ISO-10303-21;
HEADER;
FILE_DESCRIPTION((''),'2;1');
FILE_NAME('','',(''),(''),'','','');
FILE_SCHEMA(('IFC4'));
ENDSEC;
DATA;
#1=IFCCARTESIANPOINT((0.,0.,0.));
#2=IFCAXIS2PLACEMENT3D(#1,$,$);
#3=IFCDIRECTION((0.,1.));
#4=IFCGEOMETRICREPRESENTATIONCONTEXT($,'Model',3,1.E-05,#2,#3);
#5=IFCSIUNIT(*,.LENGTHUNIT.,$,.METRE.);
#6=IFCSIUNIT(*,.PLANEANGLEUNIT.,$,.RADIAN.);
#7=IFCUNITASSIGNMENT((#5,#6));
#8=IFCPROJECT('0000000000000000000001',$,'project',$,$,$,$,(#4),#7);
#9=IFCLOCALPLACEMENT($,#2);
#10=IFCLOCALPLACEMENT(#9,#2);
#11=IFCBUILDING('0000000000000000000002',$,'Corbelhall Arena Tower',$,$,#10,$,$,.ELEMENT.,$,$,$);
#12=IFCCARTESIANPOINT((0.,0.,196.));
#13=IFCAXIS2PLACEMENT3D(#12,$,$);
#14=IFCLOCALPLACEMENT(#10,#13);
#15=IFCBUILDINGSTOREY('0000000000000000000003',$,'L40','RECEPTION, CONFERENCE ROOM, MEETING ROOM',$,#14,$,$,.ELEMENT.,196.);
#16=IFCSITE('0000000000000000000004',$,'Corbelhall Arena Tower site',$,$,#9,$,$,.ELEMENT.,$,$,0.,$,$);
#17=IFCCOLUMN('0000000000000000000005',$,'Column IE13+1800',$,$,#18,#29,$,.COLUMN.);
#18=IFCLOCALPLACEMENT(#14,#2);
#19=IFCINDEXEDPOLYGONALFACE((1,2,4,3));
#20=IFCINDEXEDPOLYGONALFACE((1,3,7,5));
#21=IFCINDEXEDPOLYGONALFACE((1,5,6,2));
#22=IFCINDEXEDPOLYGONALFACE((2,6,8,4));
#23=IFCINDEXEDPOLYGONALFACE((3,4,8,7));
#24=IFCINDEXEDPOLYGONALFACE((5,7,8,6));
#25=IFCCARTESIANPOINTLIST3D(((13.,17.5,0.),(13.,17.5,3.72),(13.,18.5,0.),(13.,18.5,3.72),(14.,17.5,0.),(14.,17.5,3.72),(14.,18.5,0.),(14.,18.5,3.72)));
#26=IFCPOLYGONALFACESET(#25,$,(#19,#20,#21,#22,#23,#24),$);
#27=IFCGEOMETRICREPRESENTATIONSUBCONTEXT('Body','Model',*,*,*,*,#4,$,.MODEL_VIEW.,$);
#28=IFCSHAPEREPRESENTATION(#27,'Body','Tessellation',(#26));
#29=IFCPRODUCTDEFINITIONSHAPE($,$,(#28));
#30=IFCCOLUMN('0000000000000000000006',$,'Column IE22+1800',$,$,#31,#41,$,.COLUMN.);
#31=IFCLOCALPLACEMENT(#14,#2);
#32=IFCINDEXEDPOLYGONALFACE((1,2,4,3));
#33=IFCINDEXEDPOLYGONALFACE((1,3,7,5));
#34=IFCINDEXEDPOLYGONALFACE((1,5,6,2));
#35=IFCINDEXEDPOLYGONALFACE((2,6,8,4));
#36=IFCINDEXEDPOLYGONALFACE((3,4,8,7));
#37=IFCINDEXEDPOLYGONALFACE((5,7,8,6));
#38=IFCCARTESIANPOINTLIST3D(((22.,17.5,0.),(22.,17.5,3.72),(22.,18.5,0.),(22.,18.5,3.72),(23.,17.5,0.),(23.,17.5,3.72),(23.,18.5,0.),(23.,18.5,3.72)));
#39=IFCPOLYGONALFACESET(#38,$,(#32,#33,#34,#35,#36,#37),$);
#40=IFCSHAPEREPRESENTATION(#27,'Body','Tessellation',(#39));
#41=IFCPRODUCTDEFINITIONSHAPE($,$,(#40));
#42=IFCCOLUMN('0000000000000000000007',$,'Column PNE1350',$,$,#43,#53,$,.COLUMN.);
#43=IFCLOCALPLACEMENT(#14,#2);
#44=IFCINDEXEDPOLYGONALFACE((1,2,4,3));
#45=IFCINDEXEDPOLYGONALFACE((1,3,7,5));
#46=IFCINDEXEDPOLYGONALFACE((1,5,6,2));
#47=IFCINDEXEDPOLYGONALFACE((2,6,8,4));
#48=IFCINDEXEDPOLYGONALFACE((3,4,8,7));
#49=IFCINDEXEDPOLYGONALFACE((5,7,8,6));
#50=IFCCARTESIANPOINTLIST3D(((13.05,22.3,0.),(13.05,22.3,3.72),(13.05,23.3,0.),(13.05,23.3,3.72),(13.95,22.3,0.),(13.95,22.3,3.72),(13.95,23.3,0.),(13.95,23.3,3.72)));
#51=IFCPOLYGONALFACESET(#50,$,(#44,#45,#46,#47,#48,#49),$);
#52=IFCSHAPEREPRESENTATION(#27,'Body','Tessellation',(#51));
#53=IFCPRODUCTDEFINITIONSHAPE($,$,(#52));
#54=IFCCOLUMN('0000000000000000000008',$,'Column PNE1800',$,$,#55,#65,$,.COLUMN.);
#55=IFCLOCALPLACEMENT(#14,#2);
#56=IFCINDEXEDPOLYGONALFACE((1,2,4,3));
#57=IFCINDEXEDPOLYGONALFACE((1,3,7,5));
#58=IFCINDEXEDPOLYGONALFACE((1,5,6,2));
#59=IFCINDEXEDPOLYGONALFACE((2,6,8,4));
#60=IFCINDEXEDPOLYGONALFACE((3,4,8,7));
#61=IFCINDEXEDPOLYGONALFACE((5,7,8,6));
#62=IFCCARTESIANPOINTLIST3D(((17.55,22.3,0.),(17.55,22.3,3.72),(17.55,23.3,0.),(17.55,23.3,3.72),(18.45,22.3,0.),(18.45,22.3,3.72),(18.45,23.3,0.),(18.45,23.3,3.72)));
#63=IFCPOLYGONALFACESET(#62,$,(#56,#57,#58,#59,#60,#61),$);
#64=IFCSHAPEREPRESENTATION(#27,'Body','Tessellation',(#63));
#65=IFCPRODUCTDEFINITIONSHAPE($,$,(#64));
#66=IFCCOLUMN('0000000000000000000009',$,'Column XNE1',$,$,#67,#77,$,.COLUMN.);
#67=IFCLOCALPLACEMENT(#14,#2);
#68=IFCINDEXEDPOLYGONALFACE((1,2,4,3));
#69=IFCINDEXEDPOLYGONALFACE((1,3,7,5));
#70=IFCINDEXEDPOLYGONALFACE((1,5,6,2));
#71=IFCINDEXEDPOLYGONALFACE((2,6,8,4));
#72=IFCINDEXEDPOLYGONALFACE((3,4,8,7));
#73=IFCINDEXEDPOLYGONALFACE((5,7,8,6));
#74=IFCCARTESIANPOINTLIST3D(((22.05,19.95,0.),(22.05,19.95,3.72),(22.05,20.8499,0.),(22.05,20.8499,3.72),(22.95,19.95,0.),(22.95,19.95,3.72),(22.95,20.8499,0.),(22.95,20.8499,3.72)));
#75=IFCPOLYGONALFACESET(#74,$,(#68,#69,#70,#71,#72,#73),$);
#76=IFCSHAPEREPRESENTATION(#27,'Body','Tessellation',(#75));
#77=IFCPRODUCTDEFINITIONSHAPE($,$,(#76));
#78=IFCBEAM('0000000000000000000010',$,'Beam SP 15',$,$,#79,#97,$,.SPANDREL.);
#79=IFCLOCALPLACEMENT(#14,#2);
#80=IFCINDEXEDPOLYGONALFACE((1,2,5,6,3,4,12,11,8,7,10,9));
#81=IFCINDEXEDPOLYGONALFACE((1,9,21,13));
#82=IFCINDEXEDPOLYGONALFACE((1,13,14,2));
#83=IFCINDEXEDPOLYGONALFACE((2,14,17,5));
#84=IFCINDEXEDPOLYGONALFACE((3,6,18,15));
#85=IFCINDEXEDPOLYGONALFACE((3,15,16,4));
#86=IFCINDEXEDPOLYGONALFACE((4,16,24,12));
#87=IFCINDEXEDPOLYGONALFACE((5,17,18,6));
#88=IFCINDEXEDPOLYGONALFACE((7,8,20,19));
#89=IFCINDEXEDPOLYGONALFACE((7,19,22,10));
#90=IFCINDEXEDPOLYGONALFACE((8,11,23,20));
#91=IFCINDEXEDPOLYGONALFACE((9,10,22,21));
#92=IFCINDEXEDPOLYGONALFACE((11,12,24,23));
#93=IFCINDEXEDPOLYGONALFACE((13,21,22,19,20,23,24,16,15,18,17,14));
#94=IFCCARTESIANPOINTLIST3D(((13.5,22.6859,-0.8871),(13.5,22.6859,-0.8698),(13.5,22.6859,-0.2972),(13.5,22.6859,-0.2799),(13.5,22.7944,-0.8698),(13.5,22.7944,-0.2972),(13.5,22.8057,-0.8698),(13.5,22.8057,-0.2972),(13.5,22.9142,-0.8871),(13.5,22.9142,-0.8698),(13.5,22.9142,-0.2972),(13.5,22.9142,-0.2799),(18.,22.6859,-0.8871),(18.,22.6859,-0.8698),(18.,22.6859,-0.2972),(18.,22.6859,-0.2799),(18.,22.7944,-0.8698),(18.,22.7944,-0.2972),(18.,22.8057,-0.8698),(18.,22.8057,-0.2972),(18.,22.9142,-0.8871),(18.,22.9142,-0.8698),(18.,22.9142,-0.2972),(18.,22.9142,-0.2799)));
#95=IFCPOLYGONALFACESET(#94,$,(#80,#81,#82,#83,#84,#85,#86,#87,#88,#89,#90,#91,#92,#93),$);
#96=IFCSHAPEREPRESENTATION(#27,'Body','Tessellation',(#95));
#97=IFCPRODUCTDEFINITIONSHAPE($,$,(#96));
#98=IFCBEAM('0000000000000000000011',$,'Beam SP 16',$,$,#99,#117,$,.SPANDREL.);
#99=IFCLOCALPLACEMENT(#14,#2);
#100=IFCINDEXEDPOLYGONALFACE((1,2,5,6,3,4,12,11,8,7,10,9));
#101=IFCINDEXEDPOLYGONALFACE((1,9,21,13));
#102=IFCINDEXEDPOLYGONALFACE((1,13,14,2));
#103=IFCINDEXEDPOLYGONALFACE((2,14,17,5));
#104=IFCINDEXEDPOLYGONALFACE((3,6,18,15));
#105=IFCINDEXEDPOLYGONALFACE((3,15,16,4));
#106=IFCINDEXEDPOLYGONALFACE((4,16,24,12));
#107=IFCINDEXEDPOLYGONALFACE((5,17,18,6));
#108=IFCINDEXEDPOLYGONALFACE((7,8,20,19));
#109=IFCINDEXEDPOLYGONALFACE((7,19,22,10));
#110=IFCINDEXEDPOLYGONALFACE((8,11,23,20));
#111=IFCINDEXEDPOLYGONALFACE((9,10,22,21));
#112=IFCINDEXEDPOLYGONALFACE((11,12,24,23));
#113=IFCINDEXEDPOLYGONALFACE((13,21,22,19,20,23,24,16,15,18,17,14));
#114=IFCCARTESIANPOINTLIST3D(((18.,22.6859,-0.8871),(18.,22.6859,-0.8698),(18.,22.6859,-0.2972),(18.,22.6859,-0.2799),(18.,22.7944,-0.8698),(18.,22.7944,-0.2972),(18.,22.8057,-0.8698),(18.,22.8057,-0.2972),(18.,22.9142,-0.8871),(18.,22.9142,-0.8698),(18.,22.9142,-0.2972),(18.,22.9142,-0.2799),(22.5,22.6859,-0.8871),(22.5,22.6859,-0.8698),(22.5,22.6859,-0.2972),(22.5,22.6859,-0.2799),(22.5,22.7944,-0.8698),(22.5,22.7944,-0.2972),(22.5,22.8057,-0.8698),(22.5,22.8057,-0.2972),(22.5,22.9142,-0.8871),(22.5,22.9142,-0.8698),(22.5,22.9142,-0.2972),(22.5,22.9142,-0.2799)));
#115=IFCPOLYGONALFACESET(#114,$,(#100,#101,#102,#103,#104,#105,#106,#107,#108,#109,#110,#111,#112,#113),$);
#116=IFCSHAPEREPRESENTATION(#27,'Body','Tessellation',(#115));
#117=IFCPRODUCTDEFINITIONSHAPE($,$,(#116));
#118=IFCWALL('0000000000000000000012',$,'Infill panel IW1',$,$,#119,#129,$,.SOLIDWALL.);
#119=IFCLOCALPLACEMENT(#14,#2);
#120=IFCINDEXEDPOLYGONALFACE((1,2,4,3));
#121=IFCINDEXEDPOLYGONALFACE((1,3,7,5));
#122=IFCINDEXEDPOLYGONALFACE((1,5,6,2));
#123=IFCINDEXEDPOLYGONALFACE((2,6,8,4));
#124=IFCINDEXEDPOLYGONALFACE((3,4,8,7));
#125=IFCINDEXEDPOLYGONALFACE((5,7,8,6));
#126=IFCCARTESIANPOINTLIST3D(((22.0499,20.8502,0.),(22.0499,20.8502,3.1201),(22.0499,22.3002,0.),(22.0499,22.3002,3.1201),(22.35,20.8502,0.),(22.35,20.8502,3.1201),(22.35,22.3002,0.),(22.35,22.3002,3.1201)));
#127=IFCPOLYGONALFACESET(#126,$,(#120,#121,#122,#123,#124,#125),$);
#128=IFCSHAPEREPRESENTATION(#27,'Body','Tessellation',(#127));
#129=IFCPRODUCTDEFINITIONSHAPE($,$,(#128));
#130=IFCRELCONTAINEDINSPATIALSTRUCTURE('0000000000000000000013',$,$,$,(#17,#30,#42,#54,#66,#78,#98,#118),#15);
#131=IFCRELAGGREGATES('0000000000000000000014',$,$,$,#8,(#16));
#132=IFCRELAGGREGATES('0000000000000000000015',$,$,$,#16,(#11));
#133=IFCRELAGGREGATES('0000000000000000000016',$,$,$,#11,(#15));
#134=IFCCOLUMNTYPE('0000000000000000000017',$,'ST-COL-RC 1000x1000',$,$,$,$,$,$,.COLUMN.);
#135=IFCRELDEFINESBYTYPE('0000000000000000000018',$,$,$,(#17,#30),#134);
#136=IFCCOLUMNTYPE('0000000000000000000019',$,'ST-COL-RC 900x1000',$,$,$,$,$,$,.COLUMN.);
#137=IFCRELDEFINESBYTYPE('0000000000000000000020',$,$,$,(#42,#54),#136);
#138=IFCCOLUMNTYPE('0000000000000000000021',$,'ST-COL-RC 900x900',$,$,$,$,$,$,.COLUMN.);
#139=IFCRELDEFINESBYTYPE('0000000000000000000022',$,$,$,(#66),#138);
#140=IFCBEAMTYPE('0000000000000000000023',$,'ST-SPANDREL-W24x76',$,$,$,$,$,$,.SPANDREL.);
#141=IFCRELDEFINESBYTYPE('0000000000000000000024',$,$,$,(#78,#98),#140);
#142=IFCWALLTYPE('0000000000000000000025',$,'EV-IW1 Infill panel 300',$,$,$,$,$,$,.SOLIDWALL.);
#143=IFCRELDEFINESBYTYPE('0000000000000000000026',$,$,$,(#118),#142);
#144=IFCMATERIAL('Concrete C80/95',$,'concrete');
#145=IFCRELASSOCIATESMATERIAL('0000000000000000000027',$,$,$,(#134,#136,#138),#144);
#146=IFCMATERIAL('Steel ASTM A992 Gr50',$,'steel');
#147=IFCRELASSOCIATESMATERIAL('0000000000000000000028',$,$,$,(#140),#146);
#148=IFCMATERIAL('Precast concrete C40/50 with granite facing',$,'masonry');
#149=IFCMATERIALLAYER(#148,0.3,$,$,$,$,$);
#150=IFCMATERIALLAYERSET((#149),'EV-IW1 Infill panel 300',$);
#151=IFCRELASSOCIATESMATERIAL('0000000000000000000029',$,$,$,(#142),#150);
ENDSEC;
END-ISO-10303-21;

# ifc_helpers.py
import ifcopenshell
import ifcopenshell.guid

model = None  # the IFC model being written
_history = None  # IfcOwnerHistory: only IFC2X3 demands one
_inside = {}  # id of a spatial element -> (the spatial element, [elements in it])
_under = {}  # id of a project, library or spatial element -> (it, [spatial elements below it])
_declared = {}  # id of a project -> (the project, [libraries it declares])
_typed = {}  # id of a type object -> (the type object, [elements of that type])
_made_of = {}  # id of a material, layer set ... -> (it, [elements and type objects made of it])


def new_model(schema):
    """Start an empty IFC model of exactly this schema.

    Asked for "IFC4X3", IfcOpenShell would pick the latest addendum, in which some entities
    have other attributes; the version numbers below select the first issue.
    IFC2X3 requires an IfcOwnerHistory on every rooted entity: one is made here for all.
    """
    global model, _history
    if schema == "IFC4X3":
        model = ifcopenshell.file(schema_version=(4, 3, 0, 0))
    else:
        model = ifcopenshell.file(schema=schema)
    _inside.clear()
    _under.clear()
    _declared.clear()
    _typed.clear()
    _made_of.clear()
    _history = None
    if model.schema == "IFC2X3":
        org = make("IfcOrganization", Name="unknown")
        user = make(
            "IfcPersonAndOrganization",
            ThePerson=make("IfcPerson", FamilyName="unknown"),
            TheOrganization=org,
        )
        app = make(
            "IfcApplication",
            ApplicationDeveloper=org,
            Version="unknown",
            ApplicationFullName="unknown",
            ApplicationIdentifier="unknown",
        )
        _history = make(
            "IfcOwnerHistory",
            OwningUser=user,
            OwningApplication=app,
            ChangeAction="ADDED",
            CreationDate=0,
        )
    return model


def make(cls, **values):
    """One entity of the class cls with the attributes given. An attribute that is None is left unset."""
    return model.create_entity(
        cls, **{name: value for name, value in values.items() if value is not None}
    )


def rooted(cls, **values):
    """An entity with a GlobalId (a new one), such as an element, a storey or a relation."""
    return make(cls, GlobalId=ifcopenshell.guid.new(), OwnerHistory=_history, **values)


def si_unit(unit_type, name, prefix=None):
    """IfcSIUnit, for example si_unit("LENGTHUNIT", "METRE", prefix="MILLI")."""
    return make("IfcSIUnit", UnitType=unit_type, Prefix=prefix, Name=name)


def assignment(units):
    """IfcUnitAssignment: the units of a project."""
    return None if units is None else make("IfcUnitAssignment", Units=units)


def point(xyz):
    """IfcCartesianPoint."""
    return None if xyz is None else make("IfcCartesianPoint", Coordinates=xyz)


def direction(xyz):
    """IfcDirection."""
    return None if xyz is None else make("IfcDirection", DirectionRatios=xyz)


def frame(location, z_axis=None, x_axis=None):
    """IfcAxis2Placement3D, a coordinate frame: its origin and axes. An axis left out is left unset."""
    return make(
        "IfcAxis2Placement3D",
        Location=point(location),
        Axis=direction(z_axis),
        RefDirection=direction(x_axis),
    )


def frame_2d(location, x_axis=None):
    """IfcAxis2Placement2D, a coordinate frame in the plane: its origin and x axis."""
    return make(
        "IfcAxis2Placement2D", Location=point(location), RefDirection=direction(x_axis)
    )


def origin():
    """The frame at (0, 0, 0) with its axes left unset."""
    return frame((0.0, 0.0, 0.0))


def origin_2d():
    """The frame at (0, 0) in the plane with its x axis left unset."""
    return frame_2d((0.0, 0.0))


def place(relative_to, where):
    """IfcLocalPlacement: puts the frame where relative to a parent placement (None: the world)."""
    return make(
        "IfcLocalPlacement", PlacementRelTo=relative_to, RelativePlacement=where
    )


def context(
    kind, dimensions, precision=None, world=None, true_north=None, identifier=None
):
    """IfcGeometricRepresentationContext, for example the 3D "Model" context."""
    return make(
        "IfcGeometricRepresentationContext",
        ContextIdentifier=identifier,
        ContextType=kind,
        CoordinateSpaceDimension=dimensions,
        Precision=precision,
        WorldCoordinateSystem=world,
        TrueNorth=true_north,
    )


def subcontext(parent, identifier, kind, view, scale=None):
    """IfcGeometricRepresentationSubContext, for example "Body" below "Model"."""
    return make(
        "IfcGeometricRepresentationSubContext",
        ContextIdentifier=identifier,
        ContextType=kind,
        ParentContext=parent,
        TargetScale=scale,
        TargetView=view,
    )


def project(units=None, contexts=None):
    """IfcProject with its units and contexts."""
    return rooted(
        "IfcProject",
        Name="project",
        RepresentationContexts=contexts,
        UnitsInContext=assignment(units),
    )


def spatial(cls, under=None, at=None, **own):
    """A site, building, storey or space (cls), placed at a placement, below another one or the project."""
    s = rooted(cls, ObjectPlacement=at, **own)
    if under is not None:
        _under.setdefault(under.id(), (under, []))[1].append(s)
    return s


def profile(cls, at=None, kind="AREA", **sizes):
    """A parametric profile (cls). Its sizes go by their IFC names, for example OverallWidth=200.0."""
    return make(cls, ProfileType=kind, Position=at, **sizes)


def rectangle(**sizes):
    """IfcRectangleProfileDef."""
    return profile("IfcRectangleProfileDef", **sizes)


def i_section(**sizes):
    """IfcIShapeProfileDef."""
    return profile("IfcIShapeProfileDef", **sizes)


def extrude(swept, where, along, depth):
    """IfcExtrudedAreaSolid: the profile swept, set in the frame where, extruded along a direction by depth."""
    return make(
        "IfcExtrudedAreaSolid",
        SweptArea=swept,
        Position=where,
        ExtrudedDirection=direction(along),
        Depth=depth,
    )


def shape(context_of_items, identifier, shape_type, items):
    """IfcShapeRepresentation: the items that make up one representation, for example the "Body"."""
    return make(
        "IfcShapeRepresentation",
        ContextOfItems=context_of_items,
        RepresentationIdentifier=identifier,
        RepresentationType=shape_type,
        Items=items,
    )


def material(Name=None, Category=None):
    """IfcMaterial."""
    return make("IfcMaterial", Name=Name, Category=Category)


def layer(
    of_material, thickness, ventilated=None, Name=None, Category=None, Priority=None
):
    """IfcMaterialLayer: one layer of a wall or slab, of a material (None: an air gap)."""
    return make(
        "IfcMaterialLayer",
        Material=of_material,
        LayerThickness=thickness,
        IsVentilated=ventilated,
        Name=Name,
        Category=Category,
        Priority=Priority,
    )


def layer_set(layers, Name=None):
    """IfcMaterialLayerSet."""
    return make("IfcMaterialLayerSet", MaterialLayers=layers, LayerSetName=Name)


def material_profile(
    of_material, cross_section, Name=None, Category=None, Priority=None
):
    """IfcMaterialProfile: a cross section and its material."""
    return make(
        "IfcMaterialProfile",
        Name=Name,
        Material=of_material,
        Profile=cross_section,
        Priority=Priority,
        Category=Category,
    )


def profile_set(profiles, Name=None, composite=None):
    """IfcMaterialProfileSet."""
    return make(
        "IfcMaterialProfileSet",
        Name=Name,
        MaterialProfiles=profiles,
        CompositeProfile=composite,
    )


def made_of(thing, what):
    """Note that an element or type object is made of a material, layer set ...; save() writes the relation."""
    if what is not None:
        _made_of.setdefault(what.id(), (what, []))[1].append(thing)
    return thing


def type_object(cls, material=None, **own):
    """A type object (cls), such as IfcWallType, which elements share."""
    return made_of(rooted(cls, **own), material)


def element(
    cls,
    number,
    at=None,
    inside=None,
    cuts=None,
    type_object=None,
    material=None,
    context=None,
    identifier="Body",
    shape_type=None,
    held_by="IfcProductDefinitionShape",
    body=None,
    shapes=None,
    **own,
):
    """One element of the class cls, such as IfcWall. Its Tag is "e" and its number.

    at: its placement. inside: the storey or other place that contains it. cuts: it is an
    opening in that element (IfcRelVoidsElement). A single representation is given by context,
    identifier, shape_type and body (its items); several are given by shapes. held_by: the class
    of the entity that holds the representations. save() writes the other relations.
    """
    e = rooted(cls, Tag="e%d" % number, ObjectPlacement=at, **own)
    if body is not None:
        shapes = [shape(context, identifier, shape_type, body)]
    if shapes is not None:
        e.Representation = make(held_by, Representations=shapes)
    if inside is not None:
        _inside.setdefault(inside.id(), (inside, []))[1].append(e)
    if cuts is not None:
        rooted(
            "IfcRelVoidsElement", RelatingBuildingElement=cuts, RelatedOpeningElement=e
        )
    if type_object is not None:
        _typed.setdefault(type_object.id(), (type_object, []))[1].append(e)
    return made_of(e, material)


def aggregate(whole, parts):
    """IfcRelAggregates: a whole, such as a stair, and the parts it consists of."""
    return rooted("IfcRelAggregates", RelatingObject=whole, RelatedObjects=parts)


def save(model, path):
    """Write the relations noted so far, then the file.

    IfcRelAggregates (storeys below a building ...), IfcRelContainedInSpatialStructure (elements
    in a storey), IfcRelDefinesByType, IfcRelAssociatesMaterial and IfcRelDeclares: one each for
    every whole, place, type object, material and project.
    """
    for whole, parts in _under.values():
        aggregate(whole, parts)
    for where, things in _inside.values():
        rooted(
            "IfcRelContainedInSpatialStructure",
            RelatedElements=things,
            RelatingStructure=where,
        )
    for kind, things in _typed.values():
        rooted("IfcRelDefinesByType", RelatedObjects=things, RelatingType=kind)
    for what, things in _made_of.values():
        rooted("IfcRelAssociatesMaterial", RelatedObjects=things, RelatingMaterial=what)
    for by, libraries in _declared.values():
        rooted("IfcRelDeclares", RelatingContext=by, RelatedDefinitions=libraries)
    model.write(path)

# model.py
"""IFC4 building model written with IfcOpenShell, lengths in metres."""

from ifc_helpers import new_model, si_unit, direction, frame, frame_2d, origin, origin_2d, place, context, subcontext, project, spatial, rectangle, i_section, extrude, material, layer, layer_set, material_profile, profile_set, type_object, element, save


model = new_model("IFC4")

# Units and contexts
model_context = context("Model", 3, precision=1e-05, world=origin(), true_north=direction((0.0, 1.0)))
body_context = subcontext(model_context, "Body", "Model", "MODEL_VIEW")
ifc_project = project(units=[si_unit("LENGTHUNIT", "METRE"), si_unit("PLANEANGLEUNIT", "RADIAN")], contexts=[model_context])

# Site, building, storey
site_placement = place(None, origin())
site = spatial("IfcSite", under=ifc_project, at=site_placement, Name="Corbelhall Arena Tower site", CompositionType="ELEMENT", RefElevation=0.0)
building_placement = place(site_placement, origin())
building = spatial("IfcBuilding", under=site, at=building_placement, Name="Corbelhall Arena Tower", CompositionType="ELEMENT")
storey_placement = place(building_placement, frame((0.0, 0.0, 196.0)))
storey = spatial("IfcBuildingStorey", under=building, at=storey_placement, Name="L40", Description="RECEPTION, CONFERENCE ROOM, MEETING ROOM", CompositionType="ELEMENT", Elevation=196.0)

# Columns
ifc_material_1 = material(Name="Concrete C80/95", Category="concrete")
ifc_material_profile_1 = material_profile(ifc_material_1, rectangle(XDim=1.0, YDim=1.0, at=origin_2d()))
ifc_profile_set_1 = profile_set([ifc_material_profile_1], Name="Concrete C80/95")
column_type_1 = type_object("IfcColumnType", Name="ST-COL-RC 1000x1000", PredefinedType="COLUMN", material=ifc_profile_set_1)
for number, where, z_axis, x_axis, name in (
    (1, (13.5, 18.0, 0.0), (0.0, 0.0, 1.0), (1.0, 0.0, 0.0), "Column IE13+1800"),
    (2, (22.5, 18.0, 0.0), (0.0, 0.0, 1.0), (1.0, 0.0, 0.0), "Column IE22+1800"),
):
    element("IfcColumn", number, at=place(storey_placement, frame(where, z_axis=z_axis, x_axis=x_axis)), inside=storey, type_object=column_type_1, Name=name, PredefinedType="COLUMN", context=body_context, shape_type="SweptSolid", body=[
        extrude(rectangle(XDim=1.0, YDim=1.0, at=origin_2d()), origin(), (0.0, 0.0, 1.0), 3.72),
    ])
ifc_material_profile_2 = material_profile(ifc_material_1, rectangle(XDim=0.8999, YDim=1.0, at=origin_2d()))
ifc_profile_set_2 = profile_set([ifc_material_profile_2], Name="Concrete C80/95")
column_type_2 = type_object("IfcColumnType", Name="ST-COL-RC 900x1000", PredefinedType="COLUMN", material=ifc_profile_set_2)
for number, where, z_axis, x_axis, name in (
    (3, (13.5, 22.8, 0.0), (0.0, 0.0, 1.0), (1.0, 0.0, 0.0), "Column PNE1350"),
    (4, (18.0, 22.8, 0.0), (0.0, 0.0, 1.0), (1.0, 0.0, 0.0), "Column PNE1800"),
):
    element("IfcColumn", number, at=place(storey_placement, frame(where, z_axis=z_axis, x_axis=x_axis)), inside=storey, type_object=column_type_2, Name=name, PredefinedType="COLUMN", context=body_context, shape_type="SweptSolid", body=[
        extrude(rectangle(XDim=0.8999, YDim=1.0, at=origin_2d()), origin(), (0.0, 0.0, 1.0), 3.72),
    ])
ifc_material_profile_3 = material_profile(ifc_material_1, rectangle(XDim=0.8999, YDim=0.8999, at=origin_2d()))
ifc_profile_set_3 = profile_set([ifc_material_profile_3], Name="Concrete C80/95")
column_type_3 = type_object("IfcColumnType", Name="ST-COL-RC 900x900", PredefinedType="COLUMN", material=ifc_profile_set_3)
column_placement = place(storey_placement, frame((22.5, 20.3999, 0.0), z_axis=(0.0, 0.0, 1.0), x_axis=(1.0, 0.0, 0.0)))
element("IfcColumn", 5, at=column_placement, inside=storey, type_object=column_type_3, Name="Column XNE1", PredefinedType="COLUMN", context=body_context, shape_type="SweptSolid", body=[
    extrude(rectangle(XDim=0.8999, YDim=0.8999, at=origin_2d()), origin(), (0.0, 0.0, 1.0), 3.72),
])

# Beams
ifc_material_2 = material(Name="Steel ASTM A992 Gr50", Category="steel")
ifc_material_profile_4 = material_profile(ifc_material_2, i_section(OverallWidth=0.2283, OverallDepth=0.6072, WebThickness=0.0112, FlangeThickness=0.0173, at=origin_2d()))
ifc_profile_set_4 = profile_set([ifc_material_profile_4], Name="Steel ASTM A992 Gr50")
beam_type = type_object("IfcBeamType", Name="ST-SPANDREL-W24x76", PredefinedType="SPANDREL", material=ifc_profile_set_4)
for number, where, z_axis, x_axis, name in (
    (6, (13.5, 22.8, -0.5835), (1.0, 0.0, 0.0), (0.0, 1.0, 0.0), "Beam SP 15"),
    (7, (18.0, 22.8, -0.5835), (1.0, 0.0, 0.0), (0.0, 1.0, 0.0), "Beam SP 16"),
):
    element("IfcBeam", number, at=place(storey_placement, frame(where, z_axis=z_axis, x_axis=x_axis)), inside=storey, type_object=beam_type, Name=name, PredefinedType="SPANDREL", context=body_context, shape_type="SweptSolid", body=[
        extrude(i_section(OverallWidth=0.2283, OverallDepth=0.6072, WebThickness=0.0112, FlangeThickness=0.0173, at=origin_2d()), origin(), (0.0, 0.0, 1.0), 4.5),
    ])

# Wall
ifc_material_3 = material(Name="Precast concrete C40/50 with granite facing", Category="masonry")
ifc_layer_1 = layer(ifc_material_3, 0.3)
ifc_layer_set_1 = layer_set([ifc_layer_1], Name="EV-IW1 Infill panel 300")
wall_type_1 = type_object("IfcWallType", Name="EV-IW1 Infill panel 300", PredefinedType="SOLIDWALL", material=ifc_layer_set_1)
wall_1_placement = place(storey_placement, frame((22.2, 20.8501, 0.0), z_axis=(0.0, 0.0, 1.0), x_axis=(0.0, 1.0, 0.0)))
element("IfcWall", 8, at=wall_1_placement, inside=storey, type_object=wall_type_1, Name="Infill panel IW1", PredefinedType="SOLIDWALL", context=body_context, shape_type="SweptSolid", body=[
    extrude(rectangle(XDim=1.45, YDim=0.3, at=frame_2d((0.7251, 0.0))), origin(), (0.0, 0.0, 1.0), 3.1201),
])

save(model, "model.ifc")
